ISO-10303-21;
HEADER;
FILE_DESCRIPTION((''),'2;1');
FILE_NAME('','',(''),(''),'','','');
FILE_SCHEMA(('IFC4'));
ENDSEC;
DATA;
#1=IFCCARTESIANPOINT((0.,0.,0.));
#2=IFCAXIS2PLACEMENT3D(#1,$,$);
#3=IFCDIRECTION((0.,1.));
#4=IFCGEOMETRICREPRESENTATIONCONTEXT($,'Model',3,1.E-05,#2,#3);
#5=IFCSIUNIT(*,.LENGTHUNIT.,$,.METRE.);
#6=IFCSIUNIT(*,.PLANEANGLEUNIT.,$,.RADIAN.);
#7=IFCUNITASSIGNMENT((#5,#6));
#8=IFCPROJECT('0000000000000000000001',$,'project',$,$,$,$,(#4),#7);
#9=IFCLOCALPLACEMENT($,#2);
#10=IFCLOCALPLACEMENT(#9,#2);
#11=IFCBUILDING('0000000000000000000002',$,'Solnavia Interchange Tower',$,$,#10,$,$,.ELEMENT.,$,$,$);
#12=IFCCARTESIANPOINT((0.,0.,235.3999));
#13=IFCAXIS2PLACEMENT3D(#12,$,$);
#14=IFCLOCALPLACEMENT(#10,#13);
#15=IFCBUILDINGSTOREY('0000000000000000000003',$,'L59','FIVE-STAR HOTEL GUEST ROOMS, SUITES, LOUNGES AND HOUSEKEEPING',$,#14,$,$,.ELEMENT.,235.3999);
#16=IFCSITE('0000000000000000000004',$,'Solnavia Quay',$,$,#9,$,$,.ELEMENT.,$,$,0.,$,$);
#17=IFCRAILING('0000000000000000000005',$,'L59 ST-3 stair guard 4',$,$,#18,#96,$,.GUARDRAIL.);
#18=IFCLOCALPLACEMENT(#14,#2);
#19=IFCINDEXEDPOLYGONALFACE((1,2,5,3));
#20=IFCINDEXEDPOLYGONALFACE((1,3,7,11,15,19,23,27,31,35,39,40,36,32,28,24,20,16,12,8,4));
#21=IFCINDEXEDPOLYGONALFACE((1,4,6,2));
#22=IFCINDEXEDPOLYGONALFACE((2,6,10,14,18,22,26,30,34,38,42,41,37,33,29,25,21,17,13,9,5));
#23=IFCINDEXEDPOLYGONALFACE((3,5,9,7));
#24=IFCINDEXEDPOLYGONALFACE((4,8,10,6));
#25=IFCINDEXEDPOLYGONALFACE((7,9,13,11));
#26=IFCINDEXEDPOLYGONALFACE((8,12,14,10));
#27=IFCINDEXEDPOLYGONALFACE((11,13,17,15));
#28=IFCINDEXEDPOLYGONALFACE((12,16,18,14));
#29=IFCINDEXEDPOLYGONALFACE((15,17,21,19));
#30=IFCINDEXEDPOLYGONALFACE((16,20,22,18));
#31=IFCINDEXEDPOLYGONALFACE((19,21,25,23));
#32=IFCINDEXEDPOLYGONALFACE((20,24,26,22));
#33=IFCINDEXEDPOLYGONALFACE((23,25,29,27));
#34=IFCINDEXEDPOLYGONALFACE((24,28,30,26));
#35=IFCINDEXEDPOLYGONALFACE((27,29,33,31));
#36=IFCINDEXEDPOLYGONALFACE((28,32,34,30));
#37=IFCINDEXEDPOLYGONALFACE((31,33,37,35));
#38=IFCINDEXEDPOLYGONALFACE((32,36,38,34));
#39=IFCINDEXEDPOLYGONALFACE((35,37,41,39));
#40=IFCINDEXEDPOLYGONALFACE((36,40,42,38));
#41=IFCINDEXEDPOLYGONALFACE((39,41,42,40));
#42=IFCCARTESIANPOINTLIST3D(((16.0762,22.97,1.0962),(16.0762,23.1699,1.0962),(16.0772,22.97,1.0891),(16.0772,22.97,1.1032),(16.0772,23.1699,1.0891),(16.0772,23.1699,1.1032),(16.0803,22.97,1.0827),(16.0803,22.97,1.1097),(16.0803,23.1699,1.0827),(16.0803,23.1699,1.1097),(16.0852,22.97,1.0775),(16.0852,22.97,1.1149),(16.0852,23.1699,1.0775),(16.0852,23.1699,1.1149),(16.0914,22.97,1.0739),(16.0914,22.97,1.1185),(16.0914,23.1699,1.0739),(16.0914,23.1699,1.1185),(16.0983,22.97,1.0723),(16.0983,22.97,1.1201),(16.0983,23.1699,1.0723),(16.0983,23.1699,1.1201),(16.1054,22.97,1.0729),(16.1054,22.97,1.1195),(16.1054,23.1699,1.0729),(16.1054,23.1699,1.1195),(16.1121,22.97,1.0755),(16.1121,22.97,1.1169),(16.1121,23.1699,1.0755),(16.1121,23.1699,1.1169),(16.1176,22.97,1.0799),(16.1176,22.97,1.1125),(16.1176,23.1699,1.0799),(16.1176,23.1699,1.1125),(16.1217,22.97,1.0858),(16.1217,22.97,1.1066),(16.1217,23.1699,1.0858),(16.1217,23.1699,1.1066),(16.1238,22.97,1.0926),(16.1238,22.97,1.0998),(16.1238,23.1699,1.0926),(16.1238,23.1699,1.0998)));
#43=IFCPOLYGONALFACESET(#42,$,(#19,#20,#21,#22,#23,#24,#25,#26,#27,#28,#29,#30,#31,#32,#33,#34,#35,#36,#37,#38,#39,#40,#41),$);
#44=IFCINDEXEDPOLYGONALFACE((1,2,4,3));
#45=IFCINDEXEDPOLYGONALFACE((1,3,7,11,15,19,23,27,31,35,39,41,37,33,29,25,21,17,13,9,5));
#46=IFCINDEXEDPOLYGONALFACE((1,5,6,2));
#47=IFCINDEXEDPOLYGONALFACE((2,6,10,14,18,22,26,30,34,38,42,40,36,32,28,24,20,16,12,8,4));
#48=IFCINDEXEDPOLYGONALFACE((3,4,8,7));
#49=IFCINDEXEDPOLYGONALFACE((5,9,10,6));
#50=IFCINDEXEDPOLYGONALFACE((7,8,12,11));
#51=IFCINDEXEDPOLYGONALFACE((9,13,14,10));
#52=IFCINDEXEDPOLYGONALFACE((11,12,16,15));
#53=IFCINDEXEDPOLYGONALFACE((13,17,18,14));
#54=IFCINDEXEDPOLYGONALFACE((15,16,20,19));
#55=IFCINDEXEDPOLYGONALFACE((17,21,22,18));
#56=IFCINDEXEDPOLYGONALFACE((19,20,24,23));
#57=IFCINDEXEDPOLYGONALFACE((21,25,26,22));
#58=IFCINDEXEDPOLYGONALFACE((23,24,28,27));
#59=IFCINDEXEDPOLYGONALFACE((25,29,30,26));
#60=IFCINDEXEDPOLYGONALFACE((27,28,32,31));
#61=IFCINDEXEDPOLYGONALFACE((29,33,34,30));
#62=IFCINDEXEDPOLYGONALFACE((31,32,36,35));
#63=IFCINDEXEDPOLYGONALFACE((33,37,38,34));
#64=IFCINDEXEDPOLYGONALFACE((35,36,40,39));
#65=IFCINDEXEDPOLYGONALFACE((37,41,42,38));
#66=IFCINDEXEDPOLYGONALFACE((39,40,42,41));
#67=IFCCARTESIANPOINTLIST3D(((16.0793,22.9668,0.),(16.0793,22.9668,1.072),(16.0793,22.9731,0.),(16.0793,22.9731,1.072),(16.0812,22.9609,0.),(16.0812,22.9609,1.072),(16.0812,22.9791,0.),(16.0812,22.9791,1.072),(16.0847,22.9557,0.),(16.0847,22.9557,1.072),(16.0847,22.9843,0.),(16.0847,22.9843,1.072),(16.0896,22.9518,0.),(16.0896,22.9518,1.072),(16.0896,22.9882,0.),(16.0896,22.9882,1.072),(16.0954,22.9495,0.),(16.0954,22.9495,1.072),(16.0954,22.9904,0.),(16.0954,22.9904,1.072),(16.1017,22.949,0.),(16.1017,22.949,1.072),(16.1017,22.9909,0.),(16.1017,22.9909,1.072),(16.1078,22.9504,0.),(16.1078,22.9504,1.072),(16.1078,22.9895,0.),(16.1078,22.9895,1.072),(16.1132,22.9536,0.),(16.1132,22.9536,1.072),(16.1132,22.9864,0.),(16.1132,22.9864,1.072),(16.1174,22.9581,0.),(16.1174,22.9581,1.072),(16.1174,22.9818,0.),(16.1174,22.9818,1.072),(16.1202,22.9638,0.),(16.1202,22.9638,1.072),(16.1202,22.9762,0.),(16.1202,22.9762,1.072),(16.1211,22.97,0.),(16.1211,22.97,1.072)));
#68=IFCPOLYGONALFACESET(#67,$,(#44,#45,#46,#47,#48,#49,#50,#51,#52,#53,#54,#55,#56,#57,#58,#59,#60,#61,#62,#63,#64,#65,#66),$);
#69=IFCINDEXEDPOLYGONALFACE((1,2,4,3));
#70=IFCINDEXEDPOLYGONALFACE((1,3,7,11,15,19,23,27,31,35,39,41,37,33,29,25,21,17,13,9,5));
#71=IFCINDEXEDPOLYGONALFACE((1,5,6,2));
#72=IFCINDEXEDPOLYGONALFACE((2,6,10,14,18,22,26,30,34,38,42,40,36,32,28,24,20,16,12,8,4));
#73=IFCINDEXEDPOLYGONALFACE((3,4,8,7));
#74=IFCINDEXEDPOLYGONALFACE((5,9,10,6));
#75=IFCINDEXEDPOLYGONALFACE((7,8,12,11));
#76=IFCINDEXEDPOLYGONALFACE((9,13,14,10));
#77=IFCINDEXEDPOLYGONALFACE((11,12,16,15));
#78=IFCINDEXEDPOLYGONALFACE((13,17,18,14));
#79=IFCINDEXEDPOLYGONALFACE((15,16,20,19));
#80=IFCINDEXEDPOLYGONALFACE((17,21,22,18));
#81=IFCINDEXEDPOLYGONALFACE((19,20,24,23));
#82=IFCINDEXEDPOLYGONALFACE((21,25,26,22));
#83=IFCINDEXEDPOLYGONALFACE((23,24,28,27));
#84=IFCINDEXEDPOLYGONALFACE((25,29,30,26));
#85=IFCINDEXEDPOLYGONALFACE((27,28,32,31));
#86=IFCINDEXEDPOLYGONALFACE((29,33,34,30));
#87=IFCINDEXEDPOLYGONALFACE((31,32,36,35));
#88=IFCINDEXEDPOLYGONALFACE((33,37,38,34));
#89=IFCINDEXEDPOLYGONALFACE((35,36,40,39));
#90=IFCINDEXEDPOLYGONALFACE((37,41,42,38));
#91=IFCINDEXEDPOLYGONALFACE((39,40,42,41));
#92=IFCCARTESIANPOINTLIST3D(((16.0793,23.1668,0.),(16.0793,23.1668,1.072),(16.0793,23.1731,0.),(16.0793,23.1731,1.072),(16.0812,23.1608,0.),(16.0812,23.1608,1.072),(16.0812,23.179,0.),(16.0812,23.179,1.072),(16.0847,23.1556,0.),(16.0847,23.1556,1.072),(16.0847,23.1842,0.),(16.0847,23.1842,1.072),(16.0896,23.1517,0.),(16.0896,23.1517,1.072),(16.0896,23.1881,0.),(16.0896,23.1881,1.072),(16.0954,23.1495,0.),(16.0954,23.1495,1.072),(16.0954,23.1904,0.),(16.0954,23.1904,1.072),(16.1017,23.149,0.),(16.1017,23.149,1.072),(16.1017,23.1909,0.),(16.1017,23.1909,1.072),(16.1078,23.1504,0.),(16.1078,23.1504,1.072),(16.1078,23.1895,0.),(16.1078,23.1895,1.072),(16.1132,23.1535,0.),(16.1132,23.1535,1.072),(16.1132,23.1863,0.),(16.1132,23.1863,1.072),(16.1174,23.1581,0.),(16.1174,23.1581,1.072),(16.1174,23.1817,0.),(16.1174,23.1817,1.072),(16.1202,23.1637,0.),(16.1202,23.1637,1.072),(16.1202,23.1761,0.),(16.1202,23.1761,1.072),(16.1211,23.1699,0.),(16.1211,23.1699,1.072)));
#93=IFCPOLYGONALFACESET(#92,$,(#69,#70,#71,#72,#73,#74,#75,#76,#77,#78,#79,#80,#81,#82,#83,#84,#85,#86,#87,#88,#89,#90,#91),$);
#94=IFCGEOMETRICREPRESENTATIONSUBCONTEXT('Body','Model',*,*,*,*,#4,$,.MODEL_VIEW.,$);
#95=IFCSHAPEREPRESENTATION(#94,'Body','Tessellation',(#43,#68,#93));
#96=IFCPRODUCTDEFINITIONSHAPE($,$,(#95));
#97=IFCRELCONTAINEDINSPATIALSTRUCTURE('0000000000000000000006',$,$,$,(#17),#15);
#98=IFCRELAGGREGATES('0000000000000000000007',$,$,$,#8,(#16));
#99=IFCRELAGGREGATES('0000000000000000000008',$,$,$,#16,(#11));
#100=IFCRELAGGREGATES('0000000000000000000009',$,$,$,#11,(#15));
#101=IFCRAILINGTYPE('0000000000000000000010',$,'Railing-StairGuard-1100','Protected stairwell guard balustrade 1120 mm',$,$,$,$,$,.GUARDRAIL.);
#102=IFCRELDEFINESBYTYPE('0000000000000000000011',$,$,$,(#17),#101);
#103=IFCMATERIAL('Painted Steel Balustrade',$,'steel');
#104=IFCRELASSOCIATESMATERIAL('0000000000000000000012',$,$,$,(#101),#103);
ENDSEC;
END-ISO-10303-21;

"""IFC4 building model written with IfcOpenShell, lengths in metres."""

from ifc_helpers import new_model, si_unit, direction, frame, origin, origin_2d, place, context, subcontext, project, spatial, circle, extrude, material, type_object, element, save


model = new_model("IFC4")

# Units and contexts
model_context = context("Model", 3, precision=1e-05, world=origin(), true_north=direction((0.0, 1.0)))
body_context = subcontext(model_context, "Body", "Model", "MODEL_VIEW")
ifc_project = project(units=[si_unit("LENGTHUNIT", "METRE"), si_unit("PLANEANGLEUNIT", "RADIAN")], contexts=[model_context])

# Site, building, storey
site_placement = place(None, origin())
site = spatial("IfcSite", under=ifc_project, at=site_placement, Name="Solnavia Quay", CompositionType="ELEMENT", RefElevation=0.0)
building_placement = place(site_placement, origin())
building = spatial("IfcBuilding", under=site, at=building_placement, Name="Solnavia Interchange Tower", CompositionType="ELEMENT")
storey_placement = place(building_placement, frame((0.0, 0.0, 235.3999)))
storey = spatial("IfcBuildingStorey", under=building, at=storey_placement, Name="L59", Description="FIVE-STAR HOTEL GUEST ROOMS, SUITES, LOUNGES AND HOUSEKEEPING", CompositionType="ELEMENT", Elevation=235.3999)

# Railing
ifc_material_1 = material(Name="Painted Steel Balustrade", Category="steel")
railing_type_1 = type_object("IfcRailingType", Name="Railing-StairGuard-1100", Description="Protected stairwell guard balustrade 1120 mm", PredefinedType="GUARDRAIL", material=ifc_material_1)
railing_1_placement = place(storey_placement, frame((16.1001, 22.97, 0.0)))
element("IfcRailing", 1, at=railing_1_placement, inside=storey, type_object=railing_type_1, Name="L59 ST-3 stair guard 4", PredefinedType="GUARDRAIL", context=body_context, shape_type="SweptSolid", body=[
    extrude(circle(Radius=0.0239, at=origin_2d()), frame((0.0, 0.0, 1.0962), z_axis=(0.0, 1.0, 0.0), x_axis=(-1.0, 0.0, 0.0)), (0.0, 0.0, 1.0), 0.2),
    extrude(circle(Radius=0.021, at=origin_2d()), origin(), (0.0, 0.0, 1.0), 1.072),
    extrude(circle(Radius=0.021, at=origin_2d()), frame((0.0, 0.2, 0.0)), (0.0, 0.0, 1.0), 1.072),
])

save(model, "model.ifc")
